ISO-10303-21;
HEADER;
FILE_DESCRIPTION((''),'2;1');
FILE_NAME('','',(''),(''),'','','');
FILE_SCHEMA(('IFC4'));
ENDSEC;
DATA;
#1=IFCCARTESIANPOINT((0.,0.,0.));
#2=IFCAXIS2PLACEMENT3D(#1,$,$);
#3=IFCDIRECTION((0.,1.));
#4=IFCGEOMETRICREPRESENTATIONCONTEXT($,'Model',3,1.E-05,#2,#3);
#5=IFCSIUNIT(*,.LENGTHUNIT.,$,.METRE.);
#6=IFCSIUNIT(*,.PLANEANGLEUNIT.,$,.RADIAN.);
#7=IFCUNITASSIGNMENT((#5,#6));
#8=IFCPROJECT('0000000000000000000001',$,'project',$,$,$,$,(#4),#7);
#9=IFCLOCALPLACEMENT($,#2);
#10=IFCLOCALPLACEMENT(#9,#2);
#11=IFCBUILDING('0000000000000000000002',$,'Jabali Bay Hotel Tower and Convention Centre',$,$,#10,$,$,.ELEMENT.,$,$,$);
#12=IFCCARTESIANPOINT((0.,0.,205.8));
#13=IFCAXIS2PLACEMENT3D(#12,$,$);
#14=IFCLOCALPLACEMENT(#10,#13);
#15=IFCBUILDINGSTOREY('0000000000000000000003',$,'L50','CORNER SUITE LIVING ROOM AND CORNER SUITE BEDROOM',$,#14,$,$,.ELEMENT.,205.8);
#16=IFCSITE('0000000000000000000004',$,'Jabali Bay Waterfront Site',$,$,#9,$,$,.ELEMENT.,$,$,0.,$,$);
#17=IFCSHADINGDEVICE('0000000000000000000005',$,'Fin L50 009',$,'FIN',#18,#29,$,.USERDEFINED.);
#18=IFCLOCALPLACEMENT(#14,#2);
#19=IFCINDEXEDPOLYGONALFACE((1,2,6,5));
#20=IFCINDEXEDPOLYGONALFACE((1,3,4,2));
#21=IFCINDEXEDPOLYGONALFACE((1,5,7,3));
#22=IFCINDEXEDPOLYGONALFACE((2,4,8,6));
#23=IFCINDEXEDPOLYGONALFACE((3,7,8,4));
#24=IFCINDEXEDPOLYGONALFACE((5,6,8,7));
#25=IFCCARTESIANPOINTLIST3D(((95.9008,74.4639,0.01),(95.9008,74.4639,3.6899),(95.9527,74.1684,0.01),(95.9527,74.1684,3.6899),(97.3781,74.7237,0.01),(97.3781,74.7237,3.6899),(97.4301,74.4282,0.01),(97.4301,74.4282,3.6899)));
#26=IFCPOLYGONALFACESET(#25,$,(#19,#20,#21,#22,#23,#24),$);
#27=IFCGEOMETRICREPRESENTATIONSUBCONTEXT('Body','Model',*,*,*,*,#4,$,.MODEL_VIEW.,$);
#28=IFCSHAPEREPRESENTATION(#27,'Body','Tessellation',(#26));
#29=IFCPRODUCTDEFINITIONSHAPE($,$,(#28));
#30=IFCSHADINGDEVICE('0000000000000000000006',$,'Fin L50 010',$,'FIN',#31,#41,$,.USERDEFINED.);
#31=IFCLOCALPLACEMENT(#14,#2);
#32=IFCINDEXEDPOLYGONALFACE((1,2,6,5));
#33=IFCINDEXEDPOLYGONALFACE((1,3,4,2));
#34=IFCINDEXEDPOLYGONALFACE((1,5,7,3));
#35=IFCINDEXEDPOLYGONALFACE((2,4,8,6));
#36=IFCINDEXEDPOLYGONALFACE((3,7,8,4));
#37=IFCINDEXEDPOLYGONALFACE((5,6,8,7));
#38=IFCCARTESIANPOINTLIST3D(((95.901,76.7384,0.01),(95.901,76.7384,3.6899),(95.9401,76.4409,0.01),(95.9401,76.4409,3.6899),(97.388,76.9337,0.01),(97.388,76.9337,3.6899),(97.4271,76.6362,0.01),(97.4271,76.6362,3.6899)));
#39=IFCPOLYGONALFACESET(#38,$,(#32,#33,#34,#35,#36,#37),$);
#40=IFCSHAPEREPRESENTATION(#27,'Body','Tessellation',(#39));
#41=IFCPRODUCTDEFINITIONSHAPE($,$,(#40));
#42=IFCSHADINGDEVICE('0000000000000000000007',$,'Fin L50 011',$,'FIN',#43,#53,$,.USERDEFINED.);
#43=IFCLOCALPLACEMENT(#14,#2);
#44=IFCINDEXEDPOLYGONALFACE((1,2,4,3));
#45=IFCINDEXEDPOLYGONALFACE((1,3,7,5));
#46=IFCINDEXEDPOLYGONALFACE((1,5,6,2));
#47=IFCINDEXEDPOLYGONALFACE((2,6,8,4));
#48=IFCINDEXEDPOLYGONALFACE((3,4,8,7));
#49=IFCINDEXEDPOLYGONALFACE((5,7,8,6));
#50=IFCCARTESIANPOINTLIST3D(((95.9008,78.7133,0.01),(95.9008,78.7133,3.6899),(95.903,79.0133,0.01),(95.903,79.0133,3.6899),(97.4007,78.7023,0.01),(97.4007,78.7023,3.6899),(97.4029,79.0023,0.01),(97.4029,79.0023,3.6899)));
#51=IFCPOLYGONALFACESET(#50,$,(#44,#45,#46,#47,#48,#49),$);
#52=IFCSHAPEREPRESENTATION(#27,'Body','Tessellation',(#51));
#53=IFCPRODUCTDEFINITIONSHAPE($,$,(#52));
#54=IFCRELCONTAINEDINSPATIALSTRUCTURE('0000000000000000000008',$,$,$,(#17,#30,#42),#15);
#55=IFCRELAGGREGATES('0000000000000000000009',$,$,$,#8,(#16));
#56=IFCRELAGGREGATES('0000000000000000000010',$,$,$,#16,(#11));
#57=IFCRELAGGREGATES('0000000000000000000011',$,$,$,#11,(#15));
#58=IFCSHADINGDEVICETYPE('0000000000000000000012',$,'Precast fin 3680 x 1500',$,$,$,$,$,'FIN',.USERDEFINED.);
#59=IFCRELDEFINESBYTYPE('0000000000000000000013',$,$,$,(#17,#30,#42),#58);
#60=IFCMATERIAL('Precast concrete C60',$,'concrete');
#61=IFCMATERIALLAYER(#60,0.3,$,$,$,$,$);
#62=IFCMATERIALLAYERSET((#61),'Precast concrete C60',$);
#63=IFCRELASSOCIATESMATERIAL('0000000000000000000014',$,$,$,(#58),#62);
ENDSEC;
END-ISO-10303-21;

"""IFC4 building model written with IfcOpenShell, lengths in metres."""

from ifc_helpers import new_model, si_unit, direction, frame, frame_2d, origin, place, context, subcontext, project, spatial, rectangle, extrude, material, layer, layer_set, type_object, element, save


model = new_model("IFC4")

# Units and contexts
model_context = context("Model", 3, precision=1e-05, world=origin(), true_north=direction((0.0, 1.0)))
body_context = subcontext(model_context, "Body", "Model", "MODEL_VIEW")
ifc_project = project(units=[si_unit("LENGTHUNIT", "METRE"), si_unit("PLANEANGLEUNIT", "RADIAN")], contexts=[model_context])

# Site, building, storey
site_placement = place(None, origin())
site = spatial("IfcSite", under=ifc_project, at=site_placement, Name="Jabali Bay Waterfront Site", CompositionType="ELEMENT", RefElevation=0.0)
building_placement = place(site_placement, origin())
building = spatial("IfcBuilding", under=site, at=building_placement, Name="Jabali Bay Hotel Tower and Convention Centre", CompositionType="ELEMENT")
storey_placement = place(building_placement, frame((0.0, 0.0, 205.8)))
storey = spatial("IfcBuildingStorey", under=building, at=storey_placement, Name="L50", Description="CORNER SUITE LIVING ROOM AND CORNER SUITE BEDROOM", CompositionType="ELEMENT", Elevation=205.8)

# Shading devices
ifc_material_1 = material(Name="Precast concrete C60", Category="concrete")
ifc_layer_1 = layer(ifc_material_1, 0.3)
ifc_layer_set_1 = layer_set([ifc_layer_1], Name="Precast concrete C60")
shading_device_type_1 = type_object("IfcShadingDeviceType", Name="Precast fin 3680 x 1500", ElementType="FIN", PredefinedType="USERDEFINED", material=ifc_layer_set_1)
for number, where, z_axis, x_axis, name in (
    (1, (95.9268, 74.3162, 0.01), (0.0, 0.0, 1.0), (0.98489, 0.173182, 0.0), "Fin L50 009"),
):
    element("IfcShadingDevice", number, at=place(storey_placement, frame(where, z_axis=z_axis, x_axis=x_axis)), inside=storey, type_object=shading_device_type_1, Name=name, ObjectType="FIN", PredefinedType="USERDEFINED", context=body_context, shape_type="SweptSolid", body=[
        extrude(rectangle(XDim=1.5, YDim=0.3, at=frame_2d((0.75, 0.0))), origin(), (0.0, 0.0, 1.0), 3.6799),
    ])
shading_device_1_placement = place(storey_placement, frame((95.9204, 76.5896, 0.01), z_axis=(0.0, 0.0, 1.0), x_axis=(0.991485, 0.130223, 0.0)))
element("IfcShadingDevice", 2, at=shading_device_1_placement, inside=storey, type_object=shading_device_type_1, Name="Fin L50 010", ObjectType="FIN", PredefinedType="USERDEFINED", context=body_context, shape_type="SweptSolid", body=[
    extrude(rectangle(XDim=1.4998, YDim=0.3, at=frame_2d((0.75, 0.0))), origin(), (0.0, 0.0, 1.0), 3.6799),
])
shading_device_2_placement = place(storey_placement, frame((95.9019, 78.8633, 0.01), z_axis=(0.0, 0.0, 1.0), x_axis=(0.999973, -0.007324, 0.0)))
element("IfcShadingDevice", 3, at=shading_device_2_placement, inside=storey, type_object=shading_device_type_1, Name="Fin L50 011", ObjectType="FIN", PredefinedType="USERDEFINED", context=body_context, shape_type="SweptSolid", body=[
    extrude(rectangle(XDim=1.5, YDim=0.3, at=frame_2d((0.75, 0.0))), origin(), (0.0, 0.0, 1.0), 3.6799),
])

save(model, "model.ifc")
